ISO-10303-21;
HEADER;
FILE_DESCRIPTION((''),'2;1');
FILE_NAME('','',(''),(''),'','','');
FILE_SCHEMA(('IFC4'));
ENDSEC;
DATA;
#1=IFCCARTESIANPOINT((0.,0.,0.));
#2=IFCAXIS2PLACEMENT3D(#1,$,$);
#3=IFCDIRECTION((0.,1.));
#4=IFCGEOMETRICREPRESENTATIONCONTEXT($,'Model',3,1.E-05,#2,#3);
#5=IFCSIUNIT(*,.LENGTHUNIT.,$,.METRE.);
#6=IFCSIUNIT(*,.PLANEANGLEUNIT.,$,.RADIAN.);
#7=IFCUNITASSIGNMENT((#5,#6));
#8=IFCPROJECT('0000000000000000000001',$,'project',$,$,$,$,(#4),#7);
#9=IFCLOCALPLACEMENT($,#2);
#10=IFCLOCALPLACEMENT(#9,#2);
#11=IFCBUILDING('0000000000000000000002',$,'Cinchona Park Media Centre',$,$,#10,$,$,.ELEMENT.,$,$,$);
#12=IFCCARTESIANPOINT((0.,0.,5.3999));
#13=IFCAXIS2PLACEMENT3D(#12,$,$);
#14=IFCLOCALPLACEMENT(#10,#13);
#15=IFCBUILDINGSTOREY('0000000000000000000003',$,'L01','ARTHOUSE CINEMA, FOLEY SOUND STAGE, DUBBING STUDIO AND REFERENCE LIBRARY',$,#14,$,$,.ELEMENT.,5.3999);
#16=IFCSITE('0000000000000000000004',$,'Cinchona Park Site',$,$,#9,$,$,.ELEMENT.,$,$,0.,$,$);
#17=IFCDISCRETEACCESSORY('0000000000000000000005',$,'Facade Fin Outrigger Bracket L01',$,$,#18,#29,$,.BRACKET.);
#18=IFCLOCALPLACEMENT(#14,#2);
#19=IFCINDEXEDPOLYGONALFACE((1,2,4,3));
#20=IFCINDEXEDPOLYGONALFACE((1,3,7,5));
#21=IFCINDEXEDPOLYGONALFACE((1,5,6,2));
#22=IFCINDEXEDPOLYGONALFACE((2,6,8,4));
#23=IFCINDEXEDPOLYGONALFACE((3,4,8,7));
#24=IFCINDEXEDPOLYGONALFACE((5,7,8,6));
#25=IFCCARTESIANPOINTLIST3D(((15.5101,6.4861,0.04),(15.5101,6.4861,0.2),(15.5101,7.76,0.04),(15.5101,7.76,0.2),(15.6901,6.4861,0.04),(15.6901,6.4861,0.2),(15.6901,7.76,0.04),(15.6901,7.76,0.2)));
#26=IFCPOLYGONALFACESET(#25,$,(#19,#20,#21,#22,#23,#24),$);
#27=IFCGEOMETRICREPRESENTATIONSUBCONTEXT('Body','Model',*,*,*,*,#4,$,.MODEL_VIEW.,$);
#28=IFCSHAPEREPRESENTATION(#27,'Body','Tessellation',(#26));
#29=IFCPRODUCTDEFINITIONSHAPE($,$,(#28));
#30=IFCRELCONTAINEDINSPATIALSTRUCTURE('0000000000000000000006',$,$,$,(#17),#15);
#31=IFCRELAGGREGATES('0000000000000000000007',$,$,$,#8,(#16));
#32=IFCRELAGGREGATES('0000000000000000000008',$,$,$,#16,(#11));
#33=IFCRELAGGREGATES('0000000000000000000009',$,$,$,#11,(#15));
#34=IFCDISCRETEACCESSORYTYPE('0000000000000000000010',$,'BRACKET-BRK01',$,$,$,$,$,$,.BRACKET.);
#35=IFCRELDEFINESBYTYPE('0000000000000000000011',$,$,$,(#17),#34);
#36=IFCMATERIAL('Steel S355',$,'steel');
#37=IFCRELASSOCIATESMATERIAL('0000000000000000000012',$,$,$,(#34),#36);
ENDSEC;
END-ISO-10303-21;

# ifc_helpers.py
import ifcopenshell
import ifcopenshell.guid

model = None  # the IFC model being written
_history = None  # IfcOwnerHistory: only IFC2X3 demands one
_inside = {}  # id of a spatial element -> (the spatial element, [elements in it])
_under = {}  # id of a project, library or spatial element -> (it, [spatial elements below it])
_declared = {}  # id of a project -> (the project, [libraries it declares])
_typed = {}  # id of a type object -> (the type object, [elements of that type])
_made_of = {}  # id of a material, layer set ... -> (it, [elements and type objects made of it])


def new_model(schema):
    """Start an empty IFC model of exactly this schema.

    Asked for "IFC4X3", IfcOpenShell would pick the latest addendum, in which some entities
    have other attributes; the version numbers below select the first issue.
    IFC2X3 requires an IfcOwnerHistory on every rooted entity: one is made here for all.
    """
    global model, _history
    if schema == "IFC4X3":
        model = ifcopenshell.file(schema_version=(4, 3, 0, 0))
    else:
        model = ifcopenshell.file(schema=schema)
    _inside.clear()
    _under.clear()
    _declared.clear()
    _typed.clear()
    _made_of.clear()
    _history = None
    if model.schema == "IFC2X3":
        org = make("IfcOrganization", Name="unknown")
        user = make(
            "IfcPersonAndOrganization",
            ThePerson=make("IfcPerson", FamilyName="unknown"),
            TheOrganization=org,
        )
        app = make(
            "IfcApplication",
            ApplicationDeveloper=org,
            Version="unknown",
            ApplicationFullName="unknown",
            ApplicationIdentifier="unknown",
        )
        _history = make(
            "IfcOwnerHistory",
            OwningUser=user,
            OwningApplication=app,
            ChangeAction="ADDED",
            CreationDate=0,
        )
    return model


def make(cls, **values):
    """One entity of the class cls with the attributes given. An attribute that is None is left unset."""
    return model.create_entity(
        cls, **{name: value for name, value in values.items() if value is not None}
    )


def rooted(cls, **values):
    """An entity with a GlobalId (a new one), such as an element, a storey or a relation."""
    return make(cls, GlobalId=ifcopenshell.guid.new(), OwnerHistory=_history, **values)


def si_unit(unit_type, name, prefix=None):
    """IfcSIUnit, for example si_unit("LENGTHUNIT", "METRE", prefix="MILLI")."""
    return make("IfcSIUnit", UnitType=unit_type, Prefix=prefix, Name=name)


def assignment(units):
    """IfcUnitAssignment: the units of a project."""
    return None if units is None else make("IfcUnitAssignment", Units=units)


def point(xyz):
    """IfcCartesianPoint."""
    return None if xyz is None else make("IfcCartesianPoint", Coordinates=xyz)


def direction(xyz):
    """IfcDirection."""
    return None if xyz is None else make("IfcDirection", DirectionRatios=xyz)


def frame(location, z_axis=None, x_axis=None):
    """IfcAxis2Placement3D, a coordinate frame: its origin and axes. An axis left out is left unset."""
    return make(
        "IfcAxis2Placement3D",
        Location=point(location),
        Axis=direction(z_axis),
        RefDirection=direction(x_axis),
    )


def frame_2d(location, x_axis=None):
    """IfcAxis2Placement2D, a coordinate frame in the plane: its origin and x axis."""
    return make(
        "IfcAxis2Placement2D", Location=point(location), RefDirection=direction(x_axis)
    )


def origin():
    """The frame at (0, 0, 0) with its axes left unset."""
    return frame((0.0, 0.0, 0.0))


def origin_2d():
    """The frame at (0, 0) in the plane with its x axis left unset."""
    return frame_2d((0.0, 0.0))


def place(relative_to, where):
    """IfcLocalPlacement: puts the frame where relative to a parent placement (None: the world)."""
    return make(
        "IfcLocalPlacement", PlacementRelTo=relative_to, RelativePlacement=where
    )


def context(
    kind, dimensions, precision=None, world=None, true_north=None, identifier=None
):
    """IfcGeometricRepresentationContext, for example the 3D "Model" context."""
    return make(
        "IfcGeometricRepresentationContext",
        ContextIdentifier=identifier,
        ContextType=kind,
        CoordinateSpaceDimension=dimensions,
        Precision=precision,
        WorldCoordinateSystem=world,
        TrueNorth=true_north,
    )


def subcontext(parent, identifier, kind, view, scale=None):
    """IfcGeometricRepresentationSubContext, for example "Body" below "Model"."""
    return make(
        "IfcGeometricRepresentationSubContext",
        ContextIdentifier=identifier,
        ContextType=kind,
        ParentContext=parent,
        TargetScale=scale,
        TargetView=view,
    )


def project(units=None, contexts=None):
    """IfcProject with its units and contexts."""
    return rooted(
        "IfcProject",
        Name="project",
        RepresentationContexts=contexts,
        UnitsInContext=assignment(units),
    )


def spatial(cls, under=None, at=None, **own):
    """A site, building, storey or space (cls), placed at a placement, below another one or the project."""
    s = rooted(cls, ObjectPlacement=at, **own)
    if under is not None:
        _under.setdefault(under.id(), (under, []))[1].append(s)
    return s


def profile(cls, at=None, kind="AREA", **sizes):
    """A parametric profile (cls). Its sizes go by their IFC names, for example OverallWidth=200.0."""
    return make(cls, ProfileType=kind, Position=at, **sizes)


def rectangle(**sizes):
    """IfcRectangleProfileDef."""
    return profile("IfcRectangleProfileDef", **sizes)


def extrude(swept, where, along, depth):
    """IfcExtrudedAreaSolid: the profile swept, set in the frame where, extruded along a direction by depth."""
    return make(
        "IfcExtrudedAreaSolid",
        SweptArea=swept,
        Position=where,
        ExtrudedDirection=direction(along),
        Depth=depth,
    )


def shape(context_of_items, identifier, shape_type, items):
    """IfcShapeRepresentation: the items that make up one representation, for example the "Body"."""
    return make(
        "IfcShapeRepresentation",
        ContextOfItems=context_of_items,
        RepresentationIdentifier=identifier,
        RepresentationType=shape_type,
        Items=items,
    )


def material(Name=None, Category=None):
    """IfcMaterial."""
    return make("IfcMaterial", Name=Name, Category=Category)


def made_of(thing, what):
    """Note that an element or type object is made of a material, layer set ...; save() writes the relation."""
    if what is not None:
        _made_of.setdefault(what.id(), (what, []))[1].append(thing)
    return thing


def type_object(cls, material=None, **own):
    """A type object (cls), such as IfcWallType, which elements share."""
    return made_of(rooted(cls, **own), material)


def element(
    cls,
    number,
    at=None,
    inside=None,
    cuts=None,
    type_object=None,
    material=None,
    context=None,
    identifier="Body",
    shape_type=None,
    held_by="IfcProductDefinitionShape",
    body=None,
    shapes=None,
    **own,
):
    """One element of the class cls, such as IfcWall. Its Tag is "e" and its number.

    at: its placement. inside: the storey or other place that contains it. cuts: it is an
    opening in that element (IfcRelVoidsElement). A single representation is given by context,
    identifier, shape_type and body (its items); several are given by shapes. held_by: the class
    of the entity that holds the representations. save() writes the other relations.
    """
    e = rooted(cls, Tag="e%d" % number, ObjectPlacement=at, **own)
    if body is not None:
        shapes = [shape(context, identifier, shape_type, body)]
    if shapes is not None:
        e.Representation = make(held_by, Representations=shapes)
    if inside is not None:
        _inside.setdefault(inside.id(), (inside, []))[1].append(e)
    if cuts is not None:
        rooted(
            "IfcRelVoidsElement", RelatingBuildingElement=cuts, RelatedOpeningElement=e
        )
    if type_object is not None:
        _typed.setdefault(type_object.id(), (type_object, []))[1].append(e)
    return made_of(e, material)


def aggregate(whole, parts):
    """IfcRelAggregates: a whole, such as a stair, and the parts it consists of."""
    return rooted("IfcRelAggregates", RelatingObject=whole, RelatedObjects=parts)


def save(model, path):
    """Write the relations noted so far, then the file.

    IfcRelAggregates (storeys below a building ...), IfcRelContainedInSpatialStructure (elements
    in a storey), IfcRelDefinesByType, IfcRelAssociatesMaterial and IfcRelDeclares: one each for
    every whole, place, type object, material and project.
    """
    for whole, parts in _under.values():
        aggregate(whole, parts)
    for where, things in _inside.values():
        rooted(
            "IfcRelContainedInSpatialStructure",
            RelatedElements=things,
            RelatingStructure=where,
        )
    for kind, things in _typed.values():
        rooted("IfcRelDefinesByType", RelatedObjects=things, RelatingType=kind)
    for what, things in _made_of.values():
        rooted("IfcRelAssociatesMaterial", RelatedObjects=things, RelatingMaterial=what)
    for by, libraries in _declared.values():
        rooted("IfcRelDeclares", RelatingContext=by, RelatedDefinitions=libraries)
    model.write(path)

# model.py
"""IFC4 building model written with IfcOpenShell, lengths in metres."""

from ifc_helpers import new_model, si_unit, direction, frame, origin, origin_2d, place, context, subcontext, project, spatial, rectangle, extrude, material, type_object, element, save


model = new_model("IFC4")

# Units and contexts
model_context = context("Model", 3, precision=1e-05, world=origin(), true_north=direction((0.0, 1.0)))
body_context = subcontext(model_context, "Body", "Model", "MODEL_VIEW")
ifc_project = project(units=[si_unit("LENGTHUNIT", "METRE"), si_unit("PLANEANGLEUNIT", "RADIAN")], contexts=[model_context])

# Site, building, storey
site_placement = place(None, origin())
site = spatial("IfcSite", under=ifc_project, at=site_placement, Name="Cinchona Park Site", CompositionType="ELEMENT", RefElevation=0.0)
building_placement = place(site_placement, origin())
building = spatial("IfcBuilding", under=site, at=building_placement, Name="Cinchona Park Media Centre", CompositionType="ELEMENT")
storey_placement = place(building_placement, frame((0.0, 0.0, 5.3999)))
storey = spatial("IfcBuildingStorey", under=building, at=storey_placement, Name="L01", Description="ARTHOUSE CINEMA, FOLEY SOUND STAGE, DUBBING STUDIO AND REFERENCE LIBRARY", CompositionType="ELEMENT", Elevation=5.3999)

# Discrete accessory
ifc_material_1 = material(Name="Steel S355", Category="steel")
discrete_accessory_type = type_object("IfcDiscreteAccessoryType", Name="BRACKET-BRK01", PredefinedType="BRACKET", material=ifc_material_1)
discrete_accessory_1_placement = place(storey_placement, frame((15.6001, 7.123, 0.04), z_axis=(0.0, 0.0, 1.0), x_axis=(1.0, 0.0, 0.0)))
element("IfcDiscreteAccessory", 1, at=discrete_accessory_1_placement, inside=storey, type_object=discrete_accessory_type, Name="Facade Fin Outrigger Bracket L01", PredefinedType="BRACKET", context=body_context, shape_type="SweptSolid", body=[
    extrude(rectangle(XDim=0.1799, YDim=1.2739, at=origin_2d()), origin(), (0.0, 0.0, 1.0), 0.1599),
])

save(model, "model.ifc")
